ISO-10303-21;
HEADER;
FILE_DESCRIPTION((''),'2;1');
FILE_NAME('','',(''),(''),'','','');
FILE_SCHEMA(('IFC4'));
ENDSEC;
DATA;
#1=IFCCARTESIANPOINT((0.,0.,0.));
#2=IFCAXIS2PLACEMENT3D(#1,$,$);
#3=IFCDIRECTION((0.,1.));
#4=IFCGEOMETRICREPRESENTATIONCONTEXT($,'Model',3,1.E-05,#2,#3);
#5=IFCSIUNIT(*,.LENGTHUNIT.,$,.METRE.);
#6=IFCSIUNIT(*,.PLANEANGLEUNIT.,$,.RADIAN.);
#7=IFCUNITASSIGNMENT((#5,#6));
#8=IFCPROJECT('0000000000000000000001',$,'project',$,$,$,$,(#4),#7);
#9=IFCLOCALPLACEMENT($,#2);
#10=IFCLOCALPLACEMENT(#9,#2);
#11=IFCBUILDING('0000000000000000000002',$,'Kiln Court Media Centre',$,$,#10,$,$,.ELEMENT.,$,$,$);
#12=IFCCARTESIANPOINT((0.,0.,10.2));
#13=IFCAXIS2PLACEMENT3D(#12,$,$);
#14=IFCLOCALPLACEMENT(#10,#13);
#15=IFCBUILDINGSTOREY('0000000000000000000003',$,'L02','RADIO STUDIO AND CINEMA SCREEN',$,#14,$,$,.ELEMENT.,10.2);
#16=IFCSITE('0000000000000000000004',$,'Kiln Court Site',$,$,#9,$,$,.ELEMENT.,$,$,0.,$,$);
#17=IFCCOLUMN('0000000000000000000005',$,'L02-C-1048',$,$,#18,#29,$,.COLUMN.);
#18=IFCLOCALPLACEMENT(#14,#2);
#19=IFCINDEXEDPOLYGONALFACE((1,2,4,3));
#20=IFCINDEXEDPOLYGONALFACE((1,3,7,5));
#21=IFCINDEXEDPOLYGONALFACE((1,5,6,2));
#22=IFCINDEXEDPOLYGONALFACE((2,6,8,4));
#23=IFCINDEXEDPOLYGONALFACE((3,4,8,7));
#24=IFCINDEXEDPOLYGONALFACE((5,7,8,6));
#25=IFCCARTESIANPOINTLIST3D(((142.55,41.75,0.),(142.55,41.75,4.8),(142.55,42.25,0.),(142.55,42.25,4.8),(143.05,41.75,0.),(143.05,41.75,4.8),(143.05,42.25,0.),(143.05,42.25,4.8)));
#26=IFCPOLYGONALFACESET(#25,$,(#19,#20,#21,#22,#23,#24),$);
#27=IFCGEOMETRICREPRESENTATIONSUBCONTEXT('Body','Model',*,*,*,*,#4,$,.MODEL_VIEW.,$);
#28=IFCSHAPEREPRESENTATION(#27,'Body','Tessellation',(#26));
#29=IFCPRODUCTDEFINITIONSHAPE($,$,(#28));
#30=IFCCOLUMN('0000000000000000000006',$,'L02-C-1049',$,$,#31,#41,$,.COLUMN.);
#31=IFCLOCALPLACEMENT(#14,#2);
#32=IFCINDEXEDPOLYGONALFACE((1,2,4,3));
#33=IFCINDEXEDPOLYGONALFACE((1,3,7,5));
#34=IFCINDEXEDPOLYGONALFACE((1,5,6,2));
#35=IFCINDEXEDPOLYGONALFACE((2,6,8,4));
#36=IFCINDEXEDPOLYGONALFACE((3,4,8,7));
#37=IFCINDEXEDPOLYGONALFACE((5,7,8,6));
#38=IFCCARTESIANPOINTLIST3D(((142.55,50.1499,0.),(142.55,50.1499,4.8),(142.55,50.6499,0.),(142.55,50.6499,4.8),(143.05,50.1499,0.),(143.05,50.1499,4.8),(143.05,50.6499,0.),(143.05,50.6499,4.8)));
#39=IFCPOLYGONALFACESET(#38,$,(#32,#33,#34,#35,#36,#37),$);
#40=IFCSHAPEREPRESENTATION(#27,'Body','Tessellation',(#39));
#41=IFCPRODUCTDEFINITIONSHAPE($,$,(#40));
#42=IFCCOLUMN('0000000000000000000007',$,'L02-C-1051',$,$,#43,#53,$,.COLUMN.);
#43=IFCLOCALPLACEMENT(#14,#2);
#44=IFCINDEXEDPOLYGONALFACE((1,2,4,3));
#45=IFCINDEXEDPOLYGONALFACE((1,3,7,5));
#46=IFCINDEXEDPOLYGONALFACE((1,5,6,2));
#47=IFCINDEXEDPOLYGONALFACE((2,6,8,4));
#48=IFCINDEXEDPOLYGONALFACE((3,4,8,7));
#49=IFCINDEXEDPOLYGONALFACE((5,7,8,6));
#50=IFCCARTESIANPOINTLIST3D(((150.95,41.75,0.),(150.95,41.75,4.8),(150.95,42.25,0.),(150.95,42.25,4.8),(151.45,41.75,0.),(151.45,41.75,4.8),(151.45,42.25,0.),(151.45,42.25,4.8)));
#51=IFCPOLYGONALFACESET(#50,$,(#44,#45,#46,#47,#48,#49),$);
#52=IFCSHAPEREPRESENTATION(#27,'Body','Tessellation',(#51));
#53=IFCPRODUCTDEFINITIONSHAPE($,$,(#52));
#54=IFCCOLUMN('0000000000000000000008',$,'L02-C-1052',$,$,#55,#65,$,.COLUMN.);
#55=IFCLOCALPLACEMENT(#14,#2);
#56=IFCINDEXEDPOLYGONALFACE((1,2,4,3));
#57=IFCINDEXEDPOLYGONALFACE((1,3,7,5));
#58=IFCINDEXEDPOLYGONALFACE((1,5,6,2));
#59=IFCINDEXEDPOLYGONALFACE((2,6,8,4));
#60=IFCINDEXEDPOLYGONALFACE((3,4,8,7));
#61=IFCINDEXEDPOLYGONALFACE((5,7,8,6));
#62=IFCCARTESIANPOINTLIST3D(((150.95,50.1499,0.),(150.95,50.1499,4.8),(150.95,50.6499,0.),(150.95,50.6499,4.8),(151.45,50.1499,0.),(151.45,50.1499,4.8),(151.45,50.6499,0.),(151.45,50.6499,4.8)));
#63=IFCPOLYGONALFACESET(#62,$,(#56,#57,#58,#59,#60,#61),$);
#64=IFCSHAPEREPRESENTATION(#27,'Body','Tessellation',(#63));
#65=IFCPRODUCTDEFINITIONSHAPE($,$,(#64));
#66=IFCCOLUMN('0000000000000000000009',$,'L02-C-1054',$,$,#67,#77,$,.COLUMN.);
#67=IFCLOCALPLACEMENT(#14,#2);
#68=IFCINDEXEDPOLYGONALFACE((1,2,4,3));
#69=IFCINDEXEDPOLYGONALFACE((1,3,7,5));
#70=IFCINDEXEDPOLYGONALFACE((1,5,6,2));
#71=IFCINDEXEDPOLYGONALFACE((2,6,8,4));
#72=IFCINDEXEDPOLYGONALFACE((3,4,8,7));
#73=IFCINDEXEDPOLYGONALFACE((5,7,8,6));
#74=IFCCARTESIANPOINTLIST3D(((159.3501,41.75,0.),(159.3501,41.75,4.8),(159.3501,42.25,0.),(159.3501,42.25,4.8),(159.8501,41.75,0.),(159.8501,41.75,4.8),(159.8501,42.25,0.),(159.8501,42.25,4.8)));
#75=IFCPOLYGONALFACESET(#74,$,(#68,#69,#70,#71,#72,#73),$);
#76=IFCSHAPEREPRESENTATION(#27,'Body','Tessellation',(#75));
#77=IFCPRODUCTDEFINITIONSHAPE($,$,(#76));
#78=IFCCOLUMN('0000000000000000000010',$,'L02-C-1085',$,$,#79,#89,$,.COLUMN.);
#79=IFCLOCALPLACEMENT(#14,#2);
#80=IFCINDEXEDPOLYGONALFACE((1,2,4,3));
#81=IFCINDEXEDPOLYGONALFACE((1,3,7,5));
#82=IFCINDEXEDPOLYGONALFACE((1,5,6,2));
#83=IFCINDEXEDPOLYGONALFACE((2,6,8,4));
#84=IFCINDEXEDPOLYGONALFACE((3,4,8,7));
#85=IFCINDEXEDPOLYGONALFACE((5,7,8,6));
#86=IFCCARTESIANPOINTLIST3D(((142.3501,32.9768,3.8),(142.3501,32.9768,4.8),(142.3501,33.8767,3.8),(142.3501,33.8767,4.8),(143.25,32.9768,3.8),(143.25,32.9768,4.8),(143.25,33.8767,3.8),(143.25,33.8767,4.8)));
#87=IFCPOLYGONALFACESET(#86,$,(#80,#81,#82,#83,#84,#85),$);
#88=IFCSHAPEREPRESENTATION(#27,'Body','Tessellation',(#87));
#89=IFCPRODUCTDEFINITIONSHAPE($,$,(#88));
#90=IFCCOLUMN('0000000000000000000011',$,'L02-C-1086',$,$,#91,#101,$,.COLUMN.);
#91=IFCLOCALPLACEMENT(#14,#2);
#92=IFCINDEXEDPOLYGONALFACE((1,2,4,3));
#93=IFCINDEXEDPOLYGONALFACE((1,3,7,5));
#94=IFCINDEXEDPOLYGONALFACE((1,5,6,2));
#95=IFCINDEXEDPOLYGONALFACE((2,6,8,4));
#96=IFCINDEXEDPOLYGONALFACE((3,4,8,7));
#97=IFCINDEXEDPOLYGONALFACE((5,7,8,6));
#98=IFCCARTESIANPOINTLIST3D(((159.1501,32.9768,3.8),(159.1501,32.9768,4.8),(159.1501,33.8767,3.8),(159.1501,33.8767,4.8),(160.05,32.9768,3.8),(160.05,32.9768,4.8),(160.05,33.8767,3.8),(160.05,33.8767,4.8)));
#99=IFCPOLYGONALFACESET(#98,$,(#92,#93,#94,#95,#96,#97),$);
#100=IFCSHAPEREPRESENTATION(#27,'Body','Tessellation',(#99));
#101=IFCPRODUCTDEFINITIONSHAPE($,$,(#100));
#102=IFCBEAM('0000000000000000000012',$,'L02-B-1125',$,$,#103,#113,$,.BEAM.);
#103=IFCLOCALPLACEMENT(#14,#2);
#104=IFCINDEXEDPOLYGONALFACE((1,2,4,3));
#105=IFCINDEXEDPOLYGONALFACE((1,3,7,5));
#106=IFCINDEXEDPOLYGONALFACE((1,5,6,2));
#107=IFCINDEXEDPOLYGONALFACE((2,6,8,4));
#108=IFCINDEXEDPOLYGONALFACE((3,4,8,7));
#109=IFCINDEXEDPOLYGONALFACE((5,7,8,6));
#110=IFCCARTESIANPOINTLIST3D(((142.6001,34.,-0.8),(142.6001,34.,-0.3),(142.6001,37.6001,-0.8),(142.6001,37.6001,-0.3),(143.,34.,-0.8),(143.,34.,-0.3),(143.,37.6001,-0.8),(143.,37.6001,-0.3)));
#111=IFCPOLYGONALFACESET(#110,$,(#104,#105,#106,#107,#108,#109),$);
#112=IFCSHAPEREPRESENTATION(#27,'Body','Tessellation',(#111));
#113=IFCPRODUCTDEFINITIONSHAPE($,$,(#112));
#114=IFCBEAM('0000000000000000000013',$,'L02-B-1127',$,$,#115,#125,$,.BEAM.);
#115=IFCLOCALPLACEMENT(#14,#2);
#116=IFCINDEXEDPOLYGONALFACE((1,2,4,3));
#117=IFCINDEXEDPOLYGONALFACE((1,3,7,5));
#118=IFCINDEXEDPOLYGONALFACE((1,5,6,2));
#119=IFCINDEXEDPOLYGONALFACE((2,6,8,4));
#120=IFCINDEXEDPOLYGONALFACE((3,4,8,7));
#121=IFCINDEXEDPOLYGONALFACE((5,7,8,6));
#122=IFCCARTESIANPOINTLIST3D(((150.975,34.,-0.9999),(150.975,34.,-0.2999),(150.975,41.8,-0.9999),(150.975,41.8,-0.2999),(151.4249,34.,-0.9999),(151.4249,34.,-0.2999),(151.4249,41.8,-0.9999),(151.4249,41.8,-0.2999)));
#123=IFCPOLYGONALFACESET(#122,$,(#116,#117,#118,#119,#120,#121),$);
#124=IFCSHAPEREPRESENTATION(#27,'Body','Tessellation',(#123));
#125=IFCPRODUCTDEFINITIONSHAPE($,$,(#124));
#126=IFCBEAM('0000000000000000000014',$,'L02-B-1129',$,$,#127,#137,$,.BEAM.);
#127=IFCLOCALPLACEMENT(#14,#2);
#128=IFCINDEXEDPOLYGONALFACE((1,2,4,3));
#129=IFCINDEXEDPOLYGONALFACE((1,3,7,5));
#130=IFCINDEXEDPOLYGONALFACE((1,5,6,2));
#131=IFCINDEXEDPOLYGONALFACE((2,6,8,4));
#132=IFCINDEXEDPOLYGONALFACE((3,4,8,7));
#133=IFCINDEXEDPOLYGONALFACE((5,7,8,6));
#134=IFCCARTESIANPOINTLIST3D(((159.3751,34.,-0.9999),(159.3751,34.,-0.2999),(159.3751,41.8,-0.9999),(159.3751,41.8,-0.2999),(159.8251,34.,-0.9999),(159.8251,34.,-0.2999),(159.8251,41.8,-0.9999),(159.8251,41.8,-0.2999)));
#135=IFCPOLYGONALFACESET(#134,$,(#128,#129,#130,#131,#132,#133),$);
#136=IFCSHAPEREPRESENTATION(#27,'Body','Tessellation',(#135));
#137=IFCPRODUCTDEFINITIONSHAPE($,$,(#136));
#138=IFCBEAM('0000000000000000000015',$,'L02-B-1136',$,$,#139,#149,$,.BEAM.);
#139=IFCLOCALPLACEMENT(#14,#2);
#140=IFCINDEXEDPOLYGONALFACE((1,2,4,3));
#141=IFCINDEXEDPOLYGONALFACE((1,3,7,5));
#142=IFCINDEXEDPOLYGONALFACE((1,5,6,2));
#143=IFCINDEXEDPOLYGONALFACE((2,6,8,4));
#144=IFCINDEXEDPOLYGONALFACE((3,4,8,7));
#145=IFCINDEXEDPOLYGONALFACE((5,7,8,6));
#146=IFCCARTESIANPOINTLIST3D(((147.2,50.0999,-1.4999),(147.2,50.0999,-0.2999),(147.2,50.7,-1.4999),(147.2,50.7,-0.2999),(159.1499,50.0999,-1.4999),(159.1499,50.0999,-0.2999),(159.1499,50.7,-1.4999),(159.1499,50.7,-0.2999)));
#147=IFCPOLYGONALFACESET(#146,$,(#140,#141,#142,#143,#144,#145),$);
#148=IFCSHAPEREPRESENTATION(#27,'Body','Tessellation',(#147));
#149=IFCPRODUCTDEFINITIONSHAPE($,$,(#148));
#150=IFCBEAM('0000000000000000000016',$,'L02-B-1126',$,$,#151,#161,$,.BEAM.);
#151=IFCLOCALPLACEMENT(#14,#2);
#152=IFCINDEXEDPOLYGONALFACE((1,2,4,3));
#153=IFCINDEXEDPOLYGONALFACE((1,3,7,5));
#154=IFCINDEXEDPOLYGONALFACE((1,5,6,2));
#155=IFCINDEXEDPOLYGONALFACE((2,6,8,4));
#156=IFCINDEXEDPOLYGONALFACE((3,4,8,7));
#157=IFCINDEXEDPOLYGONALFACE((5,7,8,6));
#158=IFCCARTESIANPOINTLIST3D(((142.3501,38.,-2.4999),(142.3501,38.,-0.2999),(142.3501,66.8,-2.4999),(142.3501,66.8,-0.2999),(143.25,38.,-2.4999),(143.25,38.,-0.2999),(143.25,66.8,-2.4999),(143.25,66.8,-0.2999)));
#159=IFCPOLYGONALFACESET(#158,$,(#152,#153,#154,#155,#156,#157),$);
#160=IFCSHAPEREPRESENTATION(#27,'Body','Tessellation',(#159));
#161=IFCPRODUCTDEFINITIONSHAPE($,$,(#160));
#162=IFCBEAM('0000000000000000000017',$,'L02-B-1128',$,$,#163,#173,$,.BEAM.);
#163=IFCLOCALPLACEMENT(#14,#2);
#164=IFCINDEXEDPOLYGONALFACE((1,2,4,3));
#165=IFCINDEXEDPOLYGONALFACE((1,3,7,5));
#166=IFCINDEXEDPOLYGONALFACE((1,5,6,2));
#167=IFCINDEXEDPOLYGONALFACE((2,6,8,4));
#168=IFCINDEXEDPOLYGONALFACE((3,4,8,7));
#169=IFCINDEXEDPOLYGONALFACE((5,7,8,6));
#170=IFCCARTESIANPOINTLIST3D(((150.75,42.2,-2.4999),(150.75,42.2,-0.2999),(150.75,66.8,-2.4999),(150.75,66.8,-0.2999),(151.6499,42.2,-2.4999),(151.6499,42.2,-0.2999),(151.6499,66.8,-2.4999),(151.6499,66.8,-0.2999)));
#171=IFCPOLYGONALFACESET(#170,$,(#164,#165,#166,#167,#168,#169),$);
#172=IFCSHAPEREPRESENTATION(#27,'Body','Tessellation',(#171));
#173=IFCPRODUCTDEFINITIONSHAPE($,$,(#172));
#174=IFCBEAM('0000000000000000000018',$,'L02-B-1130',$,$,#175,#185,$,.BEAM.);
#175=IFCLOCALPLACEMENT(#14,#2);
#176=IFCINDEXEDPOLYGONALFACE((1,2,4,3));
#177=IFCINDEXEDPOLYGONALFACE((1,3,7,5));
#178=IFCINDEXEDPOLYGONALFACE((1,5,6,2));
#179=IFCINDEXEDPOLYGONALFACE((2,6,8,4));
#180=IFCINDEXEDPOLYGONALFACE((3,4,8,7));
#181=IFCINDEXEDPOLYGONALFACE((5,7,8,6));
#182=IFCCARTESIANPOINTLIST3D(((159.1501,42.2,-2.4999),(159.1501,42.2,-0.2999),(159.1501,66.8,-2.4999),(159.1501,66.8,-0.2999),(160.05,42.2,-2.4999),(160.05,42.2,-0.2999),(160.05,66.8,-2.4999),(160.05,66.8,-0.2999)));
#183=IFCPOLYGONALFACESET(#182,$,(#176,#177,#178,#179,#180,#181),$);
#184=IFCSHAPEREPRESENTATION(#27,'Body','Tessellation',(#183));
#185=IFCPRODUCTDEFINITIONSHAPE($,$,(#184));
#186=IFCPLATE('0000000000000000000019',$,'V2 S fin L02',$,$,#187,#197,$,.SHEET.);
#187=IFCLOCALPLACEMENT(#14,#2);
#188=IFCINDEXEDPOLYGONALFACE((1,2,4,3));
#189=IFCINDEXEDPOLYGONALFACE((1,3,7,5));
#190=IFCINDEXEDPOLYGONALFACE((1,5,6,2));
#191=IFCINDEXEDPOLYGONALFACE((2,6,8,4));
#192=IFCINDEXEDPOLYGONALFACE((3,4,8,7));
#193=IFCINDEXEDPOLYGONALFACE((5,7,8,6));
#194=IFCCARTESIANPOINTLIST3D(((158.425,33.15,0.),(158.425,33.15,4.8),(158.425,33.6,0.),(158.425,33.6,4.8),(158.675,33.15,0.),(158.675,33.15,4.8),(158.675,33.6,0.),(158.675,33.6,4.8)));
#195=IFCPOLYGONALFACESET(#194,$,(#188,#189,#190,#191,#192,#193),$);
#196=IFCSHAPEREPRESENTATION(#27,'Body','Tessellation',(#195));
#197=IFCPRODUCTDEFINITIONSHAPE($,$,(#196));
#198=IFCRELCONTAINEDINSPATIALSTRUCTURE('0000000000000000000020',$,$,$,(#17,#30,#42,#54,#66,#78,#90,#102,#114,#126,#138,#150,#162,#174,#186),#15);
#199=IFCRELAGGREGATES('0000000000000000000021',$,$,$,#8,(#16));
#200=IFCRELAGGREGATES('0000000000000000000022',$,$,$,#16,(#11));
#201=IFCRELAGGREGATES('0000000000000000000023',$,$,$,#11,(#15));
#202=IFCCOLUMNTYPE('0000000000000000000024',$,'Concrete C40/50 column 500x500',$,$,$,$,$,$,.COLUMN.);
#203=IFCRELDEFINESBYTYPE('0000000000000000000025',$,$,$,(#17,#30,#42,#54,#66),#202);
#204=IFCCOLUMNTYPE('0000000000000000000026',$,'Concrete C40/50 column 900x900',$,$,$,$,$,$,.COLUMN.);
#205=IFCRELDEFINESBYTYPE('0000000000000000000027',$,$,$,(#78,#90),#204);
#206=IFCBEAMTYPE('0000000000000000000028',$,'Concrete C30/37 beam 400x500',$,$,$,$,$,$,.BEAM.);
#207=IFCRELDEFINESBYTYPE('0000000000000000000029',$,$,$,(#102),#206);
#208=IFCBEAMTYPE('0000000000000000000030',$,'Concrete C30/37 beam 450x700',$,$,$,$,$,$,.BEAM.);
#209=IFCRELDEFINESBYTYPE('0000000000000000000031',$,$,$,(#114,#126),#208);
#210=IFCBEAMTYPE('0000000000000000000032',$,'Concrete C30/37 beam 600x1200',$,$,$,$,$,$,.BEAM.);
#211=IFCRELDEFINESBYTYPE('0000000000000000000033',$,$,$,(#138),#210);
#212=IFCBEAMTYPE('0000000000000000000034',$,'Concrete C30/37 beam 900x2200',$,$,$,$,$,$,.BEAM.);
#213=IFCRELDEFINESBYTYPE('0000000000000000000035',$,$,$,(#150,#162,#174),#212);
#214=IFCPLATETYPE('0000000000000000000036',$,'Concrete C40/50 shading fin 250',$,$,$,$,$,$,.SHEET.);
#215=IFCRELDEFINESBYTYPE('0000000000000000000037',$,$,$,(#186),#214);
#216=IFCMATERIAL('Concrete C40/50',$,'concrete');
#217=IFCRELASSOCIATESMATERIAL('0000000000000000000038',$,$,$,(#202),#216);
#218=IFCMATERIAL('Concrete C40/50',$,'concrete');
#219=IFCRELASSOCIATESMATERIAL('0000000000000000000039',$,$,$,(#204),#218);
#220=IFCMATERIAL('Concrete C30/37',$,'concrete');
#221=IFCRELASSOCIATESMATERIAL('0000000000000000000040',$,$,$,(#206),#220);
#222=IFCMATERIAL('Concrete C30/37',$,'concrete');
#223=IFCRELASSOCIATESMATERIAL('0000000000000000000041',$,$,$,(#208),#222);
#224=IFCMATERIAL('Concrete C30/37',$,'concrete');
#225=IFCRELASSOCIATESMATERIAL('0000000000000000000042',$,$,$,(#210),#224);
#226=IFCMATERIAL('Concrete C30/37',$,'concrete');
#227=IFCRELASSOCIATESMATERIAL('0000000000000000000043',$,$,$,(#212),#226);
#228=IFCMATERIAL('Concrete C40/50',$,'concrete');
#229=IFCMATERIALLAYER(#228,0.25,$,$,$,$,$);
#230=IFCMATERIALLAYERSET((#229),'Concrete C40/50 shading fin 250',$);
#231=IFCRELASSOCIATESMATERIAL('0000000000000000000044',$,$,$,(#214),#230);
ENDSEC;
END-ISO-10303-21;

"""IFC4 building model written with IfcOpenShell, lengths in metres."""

from ifc_helpers import new_model, si_unit, direction, frame, origin, origin_2d, place, context, subcontext, project, spatial, rectangle, extrude, material, layer, layer_set, material_profile, profile_set, type_object, element, save


model = new_model("IFC4")

# Units and contexts
model_context = context("Model", 3, precision=1e-05, world=origin(), true_north=direction((0.0, 1.0)))
body_context = subcontext(model_context, "Body", "Model", "MODEL_VIEW")
ifc_project = project(units=[si_unit("LENGTHUNIT", "METRE"), si_unit("PLANEANGLEUNIT", "RADIAN")], contexts=[model_context])

# Site, building, storey
site_placement = place(None, origin())
site = spatial("IfcSite", under=ifc_project, at=site_placement, Name="Kiln Court Site", CompositionType="ELEMENT", RefElevation=0.0)
building_placement = place(site_placement, origin())
building = spatial("IfcBuilding", under=site, at=building_placement, Name="Kiln Court Media Centre", CompositionType="ELEMENT")
storey_placement = place(building_placement, frame((0.0, 0.0, 10.2)))
storey = spatial("IfcBuildingStorey", under=building, at=storey_placement, Name="L02", Description="RADIO STUDIO AND CINEMA SCREEN", CompositionType="ELEMENT", Elevation=10.2)

# Columns
ifc_material_1 = material(Name="Concrete C40/50", Category="concrete")
ifc_material_profile_1 = material_profile(ifc_material_1, rectangle(XDim=0.5, YDim=0.5, at=origin_2d()), Name="RC 500x500")
ifc_profile_set_1 = profile_set([ifc_material_profile_1], Name="Concrete C40/50")
column_type_1 = type_object("IfcColumnType", Name="Concrete C40/50 column 500x500", PredefinedType="COLUMN", material=ifc_profile_set_1)
for number, where, z_axis, x_axis, name in (
    (1, (142.8, 42.0, 0.0), (0.0, 0.0, 1.0), (1.0, 0.0, 0.0), "L02-C-1048"),
    (2, (142.8, 50.3999, 0.0), (0.0, 0.0, 1.0), (1.0, 0.0, 0.0), "L02-C-1049"),
    (3, (151.2, 42.0, 0.0), (0.0, 0.0, 1.0), (1.0, 0.0, 0.0), "L02-C-1051"),
    (4, (151.2, 50.3999, 0.0), (0.0, 0.0, 1.0), (1.0, 0.0, 0.0), "L02-C-1052"),
    (5, (159.6001, 42.0, 0.0), (0.0, 0.0, 1.0), (1.0, 0.0, 0.0), "L02-C-1054"),
):
    element("IfcColumn", number, at=place(storey_placement, frame(where, z_axis=z_axis, x_axis=x_axis)), inside=storey, type_object=column_type_1, Name=name, PredefinedType="COLUMN", context=body_context, shape_type="SweptSolid", body=[
        extrude(rectangle(XDim=0.5, YDim=0.5, at=origin_2d()), origin(), (0.0, 0.0, 1.0), 4.8),
    ])
ifc_material_2 = material(Name="Concrete C40/50", Category="concrete")
ifc_material_profile_2 = material_profile(ifc_material_2, rectangle(XDim=0.8999, YDim=0.8999, at=origin_2d()), Name="RC 900x900")
ifc_profile_set_2 = profile_set([ifc_material_profile_2], Name="Concrete C40/50")
column_type_2 = type_object("IfcColumnType", Name="Concrete C40/50 column 900x900", PredefinedType="COLUMN", material=ifc_profile_set_2)
for number, where, z_axis, x_axis, name in (
    (6, (142.8, 33.4268, 3.8), (0.0, 0.0, 1.0), (1.0, 0.0, 0.0), "L02-C-1085"),
    (7, (159.6001, 33.4268, 3.8), (0.0, 0.0, 1.0), (1.0, 0.0, 0.0), "L02-C-1086"),
):
    element("IfcColumn", number, at=place(storey_placement, frame(where, z_axis=z_axis, x_axis=x_axis)), inside=storey, type_object=column_type_2, Name=name, PredefinedType="COLUMN", context=body_context, shape_type="SweptSolid", body=[
        extrude(rectangle(XDim=0.8999, YDim=0.8999, at=origin_2d()), origin(), (0.0, 0.0, 1.0), 1.0),
    ])

# Beams
ifc_material_3 = material(Name="Concrete C30/37", Category="concrete")
ifc_material_profile_3 = material_profile(ifc_material_3, rectangle(XDim=0.3999, YDim=0.5, at=origin_2d()), Name="RC 400x500")
ifc_profile_set_3 = profile_set([ifc_material_profile_3], Name="Concrete C30/37")
beam_type_1 = type_object("IfcBeamType", Name="Concrete C30/37 beam 400x500", PredefinedType="BEAM", material=ifc_profile_set_3)
beam_1_placement = place(storey_placement, frame((142.8, 34.0, -0.55), z_axis=(0.0, 1.0, 0.0), x_axis=(-1.0, 0.0, 0.0)))
element("IfcBeam", 8, at=beam_1_placement, inside=storey, type_object=beam_type_1, Name="L02-B-1125", PredefinedType="BEAM", context=body_context, shape_type="SweptSolid", body=[
    extrude(rectangle(XDim=0.3999, YDim=0.5, at=origin_2d()), origin(), (0.0, 0.0, 1.0), 3.6001),
])
ifc_material_4 = material(Name="Concrete C30/37", Category="concrete")
ifc_material_profile_4 = material_profile(ifc_material_4, rectangle(XDim=0.45, YDim=0.7, at=origin_2d()), Name="RC 450x700")
ifc_profile_set_4 = profile_set([ifc_material_profile_4], Name="Concrete C30/37")
beam_type_2 = type_object("IfcBeamType", Name="Concrete C30/37 beam 450x700", PredefinedType="BEAM", material=ifc_profile_set_4)
for number, where, z_axis, x_axis, name in (
    (9, (151.2, 34.0, -0.6499), (0.0, 1.0, 0.0), (-1.0, 0.0, 0.0), "L02-B-1127"),
    (10, (159.6001, 34.0, -0.6499), (0.0, 1.0, 0.0), (-1.0, 0.0, 0.0), "L02-B-1129"),
):
    element("IfcBeam", number, at=place(storey_placement, frame(where, z_axis=z_axis, x_axis=x_axis)), inside=storey, type_object=beam_type_2, Name=name, PredefinedType="BEAM", context=body_context, shape_type="SweptSolid", body=[
        extrude(rectangle(XDim=0.45, YDim=0.7, at=origin_2d()), origin(), (0.0, 0.0, 1.0), 7.8),
    ])
ifc_material_5 = material(Name="Concrete C30/37", Category="concrete")
ifc_material_profile_5 = material_profile(ifc_material_5, rectangle(XDim=0.6001, YDim=1.2, at=origin_2d()), Name="RC 600x1200")
ifc_profile_set_5 = profile_set([ifc_material_profile_5], Name="Concrete C30/37")
beam_type_3 = type_object("IfcBeamType", Name="Concrete C30/37 beam 600x1200", PredefinedType="BEAM", material=ifc_profile_set_5)
beam_2_placement = place(storey_placement, frame((147.2, 50.3999, -0.8999), z_axis=(1.0, 0.0, 0.0), x_axis=(0.0, 1.0, 0.0)))
element("IfcBeam", 11, at=beam_2_placement, inside=storey, type_object=beam_type_3, Name="L02-B-1136", PredefinedType="BEAM", context=body_context, shape_type="SweptSolid", body=[
    extrude(rectangle(XDim=0.6001, YDim=1.2, at=origin_2d()), origin(), (0.0, 0.0, 1.0), 11.95),
])
ifc_material_6 = material(Name="Concrete C30/37", Category="concrete")
ifc_material_profile_6 = material_profile(ifc_material_6, rectangle(XDim=0.8999, YDim=2.2, at=origin_2d()), Name="RC 900x2200")
ifc_profile_set_6 = profile_set([ifc_material_profile_6], Name="Concrete C30/37")
beam_type_4 = type_object("IfcBeamType", Name="Concrete C30/37 beam 900x2200", PredefinedType="BEAM", material=ifc_profile_set_6)
beam_3_placement = place(storey_placement, frame((142.8, 38.0, -1.3999), z_axis=(0.0, 1.0, 0.0), x_axis=(-1.0, 0.0, 0.0)))
element("IfcBeam", 12, at=beam_3_placement, inside=storey, type_object=beam_type_4, Name="L02-B-1126", PredefinedType="BEAM", context=body_context, shape_type="SweptSolid", body=[
    extrude(rectangle(XDim=0.8999, YDim=2.2, at=origin_2d()), origin(), (0.0, 0.0, 1.0), 28.8),
])
for number, where, z_axis, x_axis, name in (
    (13, (151.2, 42.2, -1.3999), (0.0, 1.0, 0.0), (-1.0, 0.0, 0.0), "L02-B-1128"),
    (14, (159.6001, 42.2, -1.3999), (0.0, 1.0, 0.0), (-1.0, 0.0, 0.0), "L02-B-1130"),
):
    element("IfcBeam", number, at=place(storey_placement, frame(where, z_axis=z_axis, x_axis=x_axis)), inside=storey, type_object=beam_type_4, Name=name, PredefinedType="BEAM", context=body_context, shape_type="SweptSolid", body=[
        extrude(rectangle(XDim=0.8999, YDim=2.2, at=origin_2d()), origin(), (0.0, 0.0, 1.0), 24.6001),
    ])

# Plate
ifc_material_7 = material(Name="Concrete C40/50", Category="concrete")
ifc_layer_1 = layer(ifc_material_7, 0.25)
ifc_layer_set_1 = layer_set([ifc_layer_1], Name="Concrete C40/50 shading fin 250")
plate_type = type_object("IfcPlateType", Name="Concrete C40/50 shading fin 250", PredefinedType="SHEET", material=ifc_layer_set_1)
plate_placement = place(storey_placement, frame((158.55, 33.375, 0.0), z_axis=(0.0, 0.0, 1.0), x_axis=(1.0, 0.0, 0.0)))
element("IfcPlate", 15, at=plate_placement, inside=storey, type_object=plate_type, Name="V2 S fin L02", PredefinedType="SHEET", context=body_context, shape_type="SweptSolid", body=[
    extrude(rectangle(XDim=0.25, YDim=0.45, at=origin_2d()), origin(), (0.0, 0.0, 1.0), 4.8),
])

save(model, "model.ifc")
